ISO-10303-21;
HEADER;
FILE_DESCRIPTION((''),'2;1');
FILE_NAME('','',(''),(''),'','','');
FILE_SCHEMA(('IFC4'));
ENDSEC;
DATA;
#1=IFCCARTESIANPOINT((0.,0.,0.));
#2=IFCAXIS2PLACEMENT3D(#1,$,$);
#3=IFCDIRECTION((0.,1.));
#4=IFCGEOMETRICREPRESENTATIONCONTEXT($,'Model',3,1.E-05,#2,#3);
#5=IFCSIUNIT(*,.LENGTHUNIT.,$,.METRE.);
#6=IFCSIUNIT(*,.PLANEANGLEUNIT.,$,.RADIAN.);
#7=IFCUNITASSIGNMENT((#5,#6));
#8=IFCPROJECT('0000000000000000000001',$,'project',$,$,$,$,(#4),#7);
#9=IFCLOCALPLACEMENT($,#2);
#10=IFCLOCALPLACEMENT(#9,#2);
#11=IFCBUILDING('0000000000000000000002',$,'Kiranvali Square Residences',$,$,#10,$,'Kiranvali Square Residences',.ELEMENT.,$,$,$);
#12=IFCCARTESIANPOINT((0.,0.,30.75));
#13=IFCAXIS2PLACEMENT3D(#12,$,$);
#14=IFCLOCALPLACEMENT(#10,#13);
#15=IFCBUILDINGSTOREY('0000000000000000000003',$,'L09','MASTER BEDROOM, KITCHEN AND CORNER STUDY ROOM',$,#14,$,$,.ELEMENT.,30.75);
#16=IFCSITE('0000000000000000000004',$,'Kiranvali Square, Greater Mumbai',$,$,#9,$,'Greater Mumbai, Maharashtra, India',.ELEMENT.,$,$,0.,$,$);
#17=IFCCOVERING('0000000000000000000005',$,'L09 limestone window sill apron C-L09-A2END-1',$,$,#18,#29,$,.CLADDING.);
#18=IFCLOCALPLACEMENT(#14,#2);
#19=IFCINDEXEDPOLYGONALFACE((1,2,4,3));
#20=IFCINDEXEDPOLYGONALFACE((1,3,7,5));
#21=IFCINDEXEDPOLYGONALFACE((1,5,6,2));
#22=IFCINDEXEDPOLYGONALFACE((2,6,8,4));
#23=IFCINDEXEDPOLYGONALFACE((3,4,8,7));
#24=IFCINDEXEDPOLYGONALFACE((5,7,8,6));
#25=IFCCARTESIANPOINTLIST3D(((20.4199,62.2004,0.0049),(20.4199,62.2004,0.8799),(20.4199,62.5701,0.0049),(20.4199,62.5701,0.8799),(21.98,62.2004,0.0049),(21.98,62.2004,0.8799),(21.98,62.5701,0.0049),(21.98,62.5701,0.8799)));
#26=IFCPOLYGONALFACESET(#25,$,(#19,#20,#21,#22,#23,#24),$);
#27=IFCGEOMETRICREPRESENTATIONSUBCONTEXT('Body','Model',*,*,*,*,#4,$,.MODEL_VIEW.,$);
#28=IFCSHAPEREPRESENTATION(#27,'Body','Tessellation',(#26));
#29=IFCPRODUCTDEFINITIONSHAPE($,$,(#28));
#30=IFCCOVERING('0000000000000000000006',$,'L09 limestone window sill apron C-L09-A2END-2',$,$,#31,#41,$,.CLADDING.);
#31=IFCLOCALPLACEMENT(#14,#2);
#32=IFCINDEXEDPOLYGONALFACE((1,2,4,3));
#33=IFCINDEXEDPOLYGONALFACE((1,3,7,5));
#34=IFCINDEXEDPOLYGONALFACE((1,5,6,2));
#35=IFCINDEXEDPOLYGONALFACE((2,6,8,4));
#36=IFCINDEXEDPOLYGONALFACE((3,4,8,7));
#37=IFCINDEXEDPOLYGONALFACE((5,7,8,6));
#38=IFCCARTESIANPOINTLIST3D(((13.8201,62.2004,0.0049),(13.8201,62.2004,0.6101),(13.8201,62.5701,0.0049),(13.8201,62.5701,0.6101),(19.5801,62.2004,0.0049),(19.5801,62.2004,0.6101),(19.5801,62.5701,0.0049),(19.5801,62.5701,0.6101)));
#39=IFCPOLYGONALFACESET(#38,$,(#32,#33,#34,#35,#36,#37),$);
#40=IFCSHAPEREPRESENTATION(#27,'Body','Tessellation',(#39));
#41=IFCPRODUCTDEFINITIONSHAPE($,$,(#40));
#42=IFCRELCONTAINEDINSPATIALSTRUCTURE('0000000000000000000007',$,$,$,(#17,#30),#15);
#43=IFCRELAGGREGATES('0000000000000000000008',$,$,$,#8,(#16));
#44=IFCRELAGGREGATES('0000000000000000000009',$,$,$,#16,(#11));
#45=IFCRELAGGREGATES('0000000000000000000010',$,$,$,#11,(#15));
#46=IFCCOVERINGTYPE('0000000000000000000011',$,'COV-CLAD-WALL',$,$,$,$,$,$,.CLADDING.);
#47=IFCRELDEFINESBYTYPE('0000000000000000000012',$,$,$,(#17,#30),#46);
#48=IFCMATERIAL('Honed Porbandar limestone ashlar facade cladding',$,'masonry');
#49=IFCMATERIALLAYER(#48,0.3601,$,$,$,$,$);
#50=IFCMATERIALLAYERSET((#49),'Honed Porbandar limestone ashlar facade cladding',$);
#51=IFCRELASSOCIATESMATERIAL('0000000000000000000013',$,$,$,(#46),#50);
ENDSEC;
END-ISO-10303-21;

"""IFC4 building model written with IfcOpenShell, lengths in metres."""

from ifc_helpers import new_model, si_unit, direction, frame, origin, place, context, subcontext, project, spatial, polyline, outline, extrude, material, layer, layer_set, type_object, element, save


model = new_model("IFC4")

# Units and contexts
model_context = context("Model", 3, precision=1e-05, world=origin(), true_north=direction((0.0, 1.0)))
body_context = subcontext(model_context, "Body", "Model", "MODEL_VIEW")
ifc_project = project(units=[si_unit("LENGTHUNIT", "METRE"), si_unit("PLANEANGLEUNIT", "RADIAN")], contexts=[model_context])

# Site, building, storey
site_placement = place(None, origin())
site = spatial("IfcSite", under=ifc_project, at=site_placement, Name="Kiranvali Square, Greater Mumbai", LongName="Greater Mumbai, Maharashtra, India", CompositionType="ELEMENT", RefElevation=0.0)
building_placement = place(site_placement, origin())
building = spatial("IfcBuilding", under=site, at=building_placement, Name="Kiranvali Square Residences", LongName="Kiranvali Square Residences", CompositionType="ELEMENT")
storey_placement = place(building_placement, frame((0.0, 0.0, 30.75)))
storey = spatial("IfcBuildingStorey", under=building, at=storey_placement, Name="L09", Description="MASTER BEDROOM, KITCHEN AND CORNER STUDY ROOM", CompositionType="ELEMENT", Elevation=30.75)

# Coverings
ifc_material = material(Name="Honed Porbandar limestone ashlar facade cladding", Category="masonry")
ifc_layer_1 = layer(ifc_material, 0.3601)
ifc_layer_set_1 = layer_set([ifc_layer_1], Name="Honed Porbandar limestone ashlar facade cladding")
covering_type_1 = type_object("IfcCoveringType", Name="COV-CLAD-WALL", PredefinedType="CLADDING", material=ifc_layer_set_1)
covering_1_placement = place(storey_placement, frame((0.0, 0.0, 0.0049)))
element("IfcCovering", 1, at=covering_1_placement, inside=storey, type_object=covering_type_1, Name="L09 limestone window sill apron C-L09-A2END-1", PredefinedType="CLADDING", context=body_context, shape_type="SweptSolid", body=[
    extrude(outline(polyline([(21.98, 62.5701), (20.4199, 62.5701), (20.4199, 62.2004), (21.98, 62.2004), (21.98, 62.5701)])), origin(), (0.0, 0.0, 1.0), 0.875),
])
covering_2_placement = place(storey_placement, frame((0.0, 0.0, 0.0049)))
element("IfcCovering", 2, at=covering_2_placement, inside=storey, type_object=covering_type_1, Name="L09 limestone window sill apron C-L09-A2END-2", PredefinedType="CLADDING", context=body_context, shape_type="SweptSolid", body=[
    extrude(outline(polyline([(19.5801, 62.5701), (13.8201, 62.5701), (13.8201, 62.2004), (19.5801, 62.2004), (19.5801, 62.5701)])), origin(), (0.0, 0.0, 1.0), 0.6052),
])

save(model, "model.ifc")
